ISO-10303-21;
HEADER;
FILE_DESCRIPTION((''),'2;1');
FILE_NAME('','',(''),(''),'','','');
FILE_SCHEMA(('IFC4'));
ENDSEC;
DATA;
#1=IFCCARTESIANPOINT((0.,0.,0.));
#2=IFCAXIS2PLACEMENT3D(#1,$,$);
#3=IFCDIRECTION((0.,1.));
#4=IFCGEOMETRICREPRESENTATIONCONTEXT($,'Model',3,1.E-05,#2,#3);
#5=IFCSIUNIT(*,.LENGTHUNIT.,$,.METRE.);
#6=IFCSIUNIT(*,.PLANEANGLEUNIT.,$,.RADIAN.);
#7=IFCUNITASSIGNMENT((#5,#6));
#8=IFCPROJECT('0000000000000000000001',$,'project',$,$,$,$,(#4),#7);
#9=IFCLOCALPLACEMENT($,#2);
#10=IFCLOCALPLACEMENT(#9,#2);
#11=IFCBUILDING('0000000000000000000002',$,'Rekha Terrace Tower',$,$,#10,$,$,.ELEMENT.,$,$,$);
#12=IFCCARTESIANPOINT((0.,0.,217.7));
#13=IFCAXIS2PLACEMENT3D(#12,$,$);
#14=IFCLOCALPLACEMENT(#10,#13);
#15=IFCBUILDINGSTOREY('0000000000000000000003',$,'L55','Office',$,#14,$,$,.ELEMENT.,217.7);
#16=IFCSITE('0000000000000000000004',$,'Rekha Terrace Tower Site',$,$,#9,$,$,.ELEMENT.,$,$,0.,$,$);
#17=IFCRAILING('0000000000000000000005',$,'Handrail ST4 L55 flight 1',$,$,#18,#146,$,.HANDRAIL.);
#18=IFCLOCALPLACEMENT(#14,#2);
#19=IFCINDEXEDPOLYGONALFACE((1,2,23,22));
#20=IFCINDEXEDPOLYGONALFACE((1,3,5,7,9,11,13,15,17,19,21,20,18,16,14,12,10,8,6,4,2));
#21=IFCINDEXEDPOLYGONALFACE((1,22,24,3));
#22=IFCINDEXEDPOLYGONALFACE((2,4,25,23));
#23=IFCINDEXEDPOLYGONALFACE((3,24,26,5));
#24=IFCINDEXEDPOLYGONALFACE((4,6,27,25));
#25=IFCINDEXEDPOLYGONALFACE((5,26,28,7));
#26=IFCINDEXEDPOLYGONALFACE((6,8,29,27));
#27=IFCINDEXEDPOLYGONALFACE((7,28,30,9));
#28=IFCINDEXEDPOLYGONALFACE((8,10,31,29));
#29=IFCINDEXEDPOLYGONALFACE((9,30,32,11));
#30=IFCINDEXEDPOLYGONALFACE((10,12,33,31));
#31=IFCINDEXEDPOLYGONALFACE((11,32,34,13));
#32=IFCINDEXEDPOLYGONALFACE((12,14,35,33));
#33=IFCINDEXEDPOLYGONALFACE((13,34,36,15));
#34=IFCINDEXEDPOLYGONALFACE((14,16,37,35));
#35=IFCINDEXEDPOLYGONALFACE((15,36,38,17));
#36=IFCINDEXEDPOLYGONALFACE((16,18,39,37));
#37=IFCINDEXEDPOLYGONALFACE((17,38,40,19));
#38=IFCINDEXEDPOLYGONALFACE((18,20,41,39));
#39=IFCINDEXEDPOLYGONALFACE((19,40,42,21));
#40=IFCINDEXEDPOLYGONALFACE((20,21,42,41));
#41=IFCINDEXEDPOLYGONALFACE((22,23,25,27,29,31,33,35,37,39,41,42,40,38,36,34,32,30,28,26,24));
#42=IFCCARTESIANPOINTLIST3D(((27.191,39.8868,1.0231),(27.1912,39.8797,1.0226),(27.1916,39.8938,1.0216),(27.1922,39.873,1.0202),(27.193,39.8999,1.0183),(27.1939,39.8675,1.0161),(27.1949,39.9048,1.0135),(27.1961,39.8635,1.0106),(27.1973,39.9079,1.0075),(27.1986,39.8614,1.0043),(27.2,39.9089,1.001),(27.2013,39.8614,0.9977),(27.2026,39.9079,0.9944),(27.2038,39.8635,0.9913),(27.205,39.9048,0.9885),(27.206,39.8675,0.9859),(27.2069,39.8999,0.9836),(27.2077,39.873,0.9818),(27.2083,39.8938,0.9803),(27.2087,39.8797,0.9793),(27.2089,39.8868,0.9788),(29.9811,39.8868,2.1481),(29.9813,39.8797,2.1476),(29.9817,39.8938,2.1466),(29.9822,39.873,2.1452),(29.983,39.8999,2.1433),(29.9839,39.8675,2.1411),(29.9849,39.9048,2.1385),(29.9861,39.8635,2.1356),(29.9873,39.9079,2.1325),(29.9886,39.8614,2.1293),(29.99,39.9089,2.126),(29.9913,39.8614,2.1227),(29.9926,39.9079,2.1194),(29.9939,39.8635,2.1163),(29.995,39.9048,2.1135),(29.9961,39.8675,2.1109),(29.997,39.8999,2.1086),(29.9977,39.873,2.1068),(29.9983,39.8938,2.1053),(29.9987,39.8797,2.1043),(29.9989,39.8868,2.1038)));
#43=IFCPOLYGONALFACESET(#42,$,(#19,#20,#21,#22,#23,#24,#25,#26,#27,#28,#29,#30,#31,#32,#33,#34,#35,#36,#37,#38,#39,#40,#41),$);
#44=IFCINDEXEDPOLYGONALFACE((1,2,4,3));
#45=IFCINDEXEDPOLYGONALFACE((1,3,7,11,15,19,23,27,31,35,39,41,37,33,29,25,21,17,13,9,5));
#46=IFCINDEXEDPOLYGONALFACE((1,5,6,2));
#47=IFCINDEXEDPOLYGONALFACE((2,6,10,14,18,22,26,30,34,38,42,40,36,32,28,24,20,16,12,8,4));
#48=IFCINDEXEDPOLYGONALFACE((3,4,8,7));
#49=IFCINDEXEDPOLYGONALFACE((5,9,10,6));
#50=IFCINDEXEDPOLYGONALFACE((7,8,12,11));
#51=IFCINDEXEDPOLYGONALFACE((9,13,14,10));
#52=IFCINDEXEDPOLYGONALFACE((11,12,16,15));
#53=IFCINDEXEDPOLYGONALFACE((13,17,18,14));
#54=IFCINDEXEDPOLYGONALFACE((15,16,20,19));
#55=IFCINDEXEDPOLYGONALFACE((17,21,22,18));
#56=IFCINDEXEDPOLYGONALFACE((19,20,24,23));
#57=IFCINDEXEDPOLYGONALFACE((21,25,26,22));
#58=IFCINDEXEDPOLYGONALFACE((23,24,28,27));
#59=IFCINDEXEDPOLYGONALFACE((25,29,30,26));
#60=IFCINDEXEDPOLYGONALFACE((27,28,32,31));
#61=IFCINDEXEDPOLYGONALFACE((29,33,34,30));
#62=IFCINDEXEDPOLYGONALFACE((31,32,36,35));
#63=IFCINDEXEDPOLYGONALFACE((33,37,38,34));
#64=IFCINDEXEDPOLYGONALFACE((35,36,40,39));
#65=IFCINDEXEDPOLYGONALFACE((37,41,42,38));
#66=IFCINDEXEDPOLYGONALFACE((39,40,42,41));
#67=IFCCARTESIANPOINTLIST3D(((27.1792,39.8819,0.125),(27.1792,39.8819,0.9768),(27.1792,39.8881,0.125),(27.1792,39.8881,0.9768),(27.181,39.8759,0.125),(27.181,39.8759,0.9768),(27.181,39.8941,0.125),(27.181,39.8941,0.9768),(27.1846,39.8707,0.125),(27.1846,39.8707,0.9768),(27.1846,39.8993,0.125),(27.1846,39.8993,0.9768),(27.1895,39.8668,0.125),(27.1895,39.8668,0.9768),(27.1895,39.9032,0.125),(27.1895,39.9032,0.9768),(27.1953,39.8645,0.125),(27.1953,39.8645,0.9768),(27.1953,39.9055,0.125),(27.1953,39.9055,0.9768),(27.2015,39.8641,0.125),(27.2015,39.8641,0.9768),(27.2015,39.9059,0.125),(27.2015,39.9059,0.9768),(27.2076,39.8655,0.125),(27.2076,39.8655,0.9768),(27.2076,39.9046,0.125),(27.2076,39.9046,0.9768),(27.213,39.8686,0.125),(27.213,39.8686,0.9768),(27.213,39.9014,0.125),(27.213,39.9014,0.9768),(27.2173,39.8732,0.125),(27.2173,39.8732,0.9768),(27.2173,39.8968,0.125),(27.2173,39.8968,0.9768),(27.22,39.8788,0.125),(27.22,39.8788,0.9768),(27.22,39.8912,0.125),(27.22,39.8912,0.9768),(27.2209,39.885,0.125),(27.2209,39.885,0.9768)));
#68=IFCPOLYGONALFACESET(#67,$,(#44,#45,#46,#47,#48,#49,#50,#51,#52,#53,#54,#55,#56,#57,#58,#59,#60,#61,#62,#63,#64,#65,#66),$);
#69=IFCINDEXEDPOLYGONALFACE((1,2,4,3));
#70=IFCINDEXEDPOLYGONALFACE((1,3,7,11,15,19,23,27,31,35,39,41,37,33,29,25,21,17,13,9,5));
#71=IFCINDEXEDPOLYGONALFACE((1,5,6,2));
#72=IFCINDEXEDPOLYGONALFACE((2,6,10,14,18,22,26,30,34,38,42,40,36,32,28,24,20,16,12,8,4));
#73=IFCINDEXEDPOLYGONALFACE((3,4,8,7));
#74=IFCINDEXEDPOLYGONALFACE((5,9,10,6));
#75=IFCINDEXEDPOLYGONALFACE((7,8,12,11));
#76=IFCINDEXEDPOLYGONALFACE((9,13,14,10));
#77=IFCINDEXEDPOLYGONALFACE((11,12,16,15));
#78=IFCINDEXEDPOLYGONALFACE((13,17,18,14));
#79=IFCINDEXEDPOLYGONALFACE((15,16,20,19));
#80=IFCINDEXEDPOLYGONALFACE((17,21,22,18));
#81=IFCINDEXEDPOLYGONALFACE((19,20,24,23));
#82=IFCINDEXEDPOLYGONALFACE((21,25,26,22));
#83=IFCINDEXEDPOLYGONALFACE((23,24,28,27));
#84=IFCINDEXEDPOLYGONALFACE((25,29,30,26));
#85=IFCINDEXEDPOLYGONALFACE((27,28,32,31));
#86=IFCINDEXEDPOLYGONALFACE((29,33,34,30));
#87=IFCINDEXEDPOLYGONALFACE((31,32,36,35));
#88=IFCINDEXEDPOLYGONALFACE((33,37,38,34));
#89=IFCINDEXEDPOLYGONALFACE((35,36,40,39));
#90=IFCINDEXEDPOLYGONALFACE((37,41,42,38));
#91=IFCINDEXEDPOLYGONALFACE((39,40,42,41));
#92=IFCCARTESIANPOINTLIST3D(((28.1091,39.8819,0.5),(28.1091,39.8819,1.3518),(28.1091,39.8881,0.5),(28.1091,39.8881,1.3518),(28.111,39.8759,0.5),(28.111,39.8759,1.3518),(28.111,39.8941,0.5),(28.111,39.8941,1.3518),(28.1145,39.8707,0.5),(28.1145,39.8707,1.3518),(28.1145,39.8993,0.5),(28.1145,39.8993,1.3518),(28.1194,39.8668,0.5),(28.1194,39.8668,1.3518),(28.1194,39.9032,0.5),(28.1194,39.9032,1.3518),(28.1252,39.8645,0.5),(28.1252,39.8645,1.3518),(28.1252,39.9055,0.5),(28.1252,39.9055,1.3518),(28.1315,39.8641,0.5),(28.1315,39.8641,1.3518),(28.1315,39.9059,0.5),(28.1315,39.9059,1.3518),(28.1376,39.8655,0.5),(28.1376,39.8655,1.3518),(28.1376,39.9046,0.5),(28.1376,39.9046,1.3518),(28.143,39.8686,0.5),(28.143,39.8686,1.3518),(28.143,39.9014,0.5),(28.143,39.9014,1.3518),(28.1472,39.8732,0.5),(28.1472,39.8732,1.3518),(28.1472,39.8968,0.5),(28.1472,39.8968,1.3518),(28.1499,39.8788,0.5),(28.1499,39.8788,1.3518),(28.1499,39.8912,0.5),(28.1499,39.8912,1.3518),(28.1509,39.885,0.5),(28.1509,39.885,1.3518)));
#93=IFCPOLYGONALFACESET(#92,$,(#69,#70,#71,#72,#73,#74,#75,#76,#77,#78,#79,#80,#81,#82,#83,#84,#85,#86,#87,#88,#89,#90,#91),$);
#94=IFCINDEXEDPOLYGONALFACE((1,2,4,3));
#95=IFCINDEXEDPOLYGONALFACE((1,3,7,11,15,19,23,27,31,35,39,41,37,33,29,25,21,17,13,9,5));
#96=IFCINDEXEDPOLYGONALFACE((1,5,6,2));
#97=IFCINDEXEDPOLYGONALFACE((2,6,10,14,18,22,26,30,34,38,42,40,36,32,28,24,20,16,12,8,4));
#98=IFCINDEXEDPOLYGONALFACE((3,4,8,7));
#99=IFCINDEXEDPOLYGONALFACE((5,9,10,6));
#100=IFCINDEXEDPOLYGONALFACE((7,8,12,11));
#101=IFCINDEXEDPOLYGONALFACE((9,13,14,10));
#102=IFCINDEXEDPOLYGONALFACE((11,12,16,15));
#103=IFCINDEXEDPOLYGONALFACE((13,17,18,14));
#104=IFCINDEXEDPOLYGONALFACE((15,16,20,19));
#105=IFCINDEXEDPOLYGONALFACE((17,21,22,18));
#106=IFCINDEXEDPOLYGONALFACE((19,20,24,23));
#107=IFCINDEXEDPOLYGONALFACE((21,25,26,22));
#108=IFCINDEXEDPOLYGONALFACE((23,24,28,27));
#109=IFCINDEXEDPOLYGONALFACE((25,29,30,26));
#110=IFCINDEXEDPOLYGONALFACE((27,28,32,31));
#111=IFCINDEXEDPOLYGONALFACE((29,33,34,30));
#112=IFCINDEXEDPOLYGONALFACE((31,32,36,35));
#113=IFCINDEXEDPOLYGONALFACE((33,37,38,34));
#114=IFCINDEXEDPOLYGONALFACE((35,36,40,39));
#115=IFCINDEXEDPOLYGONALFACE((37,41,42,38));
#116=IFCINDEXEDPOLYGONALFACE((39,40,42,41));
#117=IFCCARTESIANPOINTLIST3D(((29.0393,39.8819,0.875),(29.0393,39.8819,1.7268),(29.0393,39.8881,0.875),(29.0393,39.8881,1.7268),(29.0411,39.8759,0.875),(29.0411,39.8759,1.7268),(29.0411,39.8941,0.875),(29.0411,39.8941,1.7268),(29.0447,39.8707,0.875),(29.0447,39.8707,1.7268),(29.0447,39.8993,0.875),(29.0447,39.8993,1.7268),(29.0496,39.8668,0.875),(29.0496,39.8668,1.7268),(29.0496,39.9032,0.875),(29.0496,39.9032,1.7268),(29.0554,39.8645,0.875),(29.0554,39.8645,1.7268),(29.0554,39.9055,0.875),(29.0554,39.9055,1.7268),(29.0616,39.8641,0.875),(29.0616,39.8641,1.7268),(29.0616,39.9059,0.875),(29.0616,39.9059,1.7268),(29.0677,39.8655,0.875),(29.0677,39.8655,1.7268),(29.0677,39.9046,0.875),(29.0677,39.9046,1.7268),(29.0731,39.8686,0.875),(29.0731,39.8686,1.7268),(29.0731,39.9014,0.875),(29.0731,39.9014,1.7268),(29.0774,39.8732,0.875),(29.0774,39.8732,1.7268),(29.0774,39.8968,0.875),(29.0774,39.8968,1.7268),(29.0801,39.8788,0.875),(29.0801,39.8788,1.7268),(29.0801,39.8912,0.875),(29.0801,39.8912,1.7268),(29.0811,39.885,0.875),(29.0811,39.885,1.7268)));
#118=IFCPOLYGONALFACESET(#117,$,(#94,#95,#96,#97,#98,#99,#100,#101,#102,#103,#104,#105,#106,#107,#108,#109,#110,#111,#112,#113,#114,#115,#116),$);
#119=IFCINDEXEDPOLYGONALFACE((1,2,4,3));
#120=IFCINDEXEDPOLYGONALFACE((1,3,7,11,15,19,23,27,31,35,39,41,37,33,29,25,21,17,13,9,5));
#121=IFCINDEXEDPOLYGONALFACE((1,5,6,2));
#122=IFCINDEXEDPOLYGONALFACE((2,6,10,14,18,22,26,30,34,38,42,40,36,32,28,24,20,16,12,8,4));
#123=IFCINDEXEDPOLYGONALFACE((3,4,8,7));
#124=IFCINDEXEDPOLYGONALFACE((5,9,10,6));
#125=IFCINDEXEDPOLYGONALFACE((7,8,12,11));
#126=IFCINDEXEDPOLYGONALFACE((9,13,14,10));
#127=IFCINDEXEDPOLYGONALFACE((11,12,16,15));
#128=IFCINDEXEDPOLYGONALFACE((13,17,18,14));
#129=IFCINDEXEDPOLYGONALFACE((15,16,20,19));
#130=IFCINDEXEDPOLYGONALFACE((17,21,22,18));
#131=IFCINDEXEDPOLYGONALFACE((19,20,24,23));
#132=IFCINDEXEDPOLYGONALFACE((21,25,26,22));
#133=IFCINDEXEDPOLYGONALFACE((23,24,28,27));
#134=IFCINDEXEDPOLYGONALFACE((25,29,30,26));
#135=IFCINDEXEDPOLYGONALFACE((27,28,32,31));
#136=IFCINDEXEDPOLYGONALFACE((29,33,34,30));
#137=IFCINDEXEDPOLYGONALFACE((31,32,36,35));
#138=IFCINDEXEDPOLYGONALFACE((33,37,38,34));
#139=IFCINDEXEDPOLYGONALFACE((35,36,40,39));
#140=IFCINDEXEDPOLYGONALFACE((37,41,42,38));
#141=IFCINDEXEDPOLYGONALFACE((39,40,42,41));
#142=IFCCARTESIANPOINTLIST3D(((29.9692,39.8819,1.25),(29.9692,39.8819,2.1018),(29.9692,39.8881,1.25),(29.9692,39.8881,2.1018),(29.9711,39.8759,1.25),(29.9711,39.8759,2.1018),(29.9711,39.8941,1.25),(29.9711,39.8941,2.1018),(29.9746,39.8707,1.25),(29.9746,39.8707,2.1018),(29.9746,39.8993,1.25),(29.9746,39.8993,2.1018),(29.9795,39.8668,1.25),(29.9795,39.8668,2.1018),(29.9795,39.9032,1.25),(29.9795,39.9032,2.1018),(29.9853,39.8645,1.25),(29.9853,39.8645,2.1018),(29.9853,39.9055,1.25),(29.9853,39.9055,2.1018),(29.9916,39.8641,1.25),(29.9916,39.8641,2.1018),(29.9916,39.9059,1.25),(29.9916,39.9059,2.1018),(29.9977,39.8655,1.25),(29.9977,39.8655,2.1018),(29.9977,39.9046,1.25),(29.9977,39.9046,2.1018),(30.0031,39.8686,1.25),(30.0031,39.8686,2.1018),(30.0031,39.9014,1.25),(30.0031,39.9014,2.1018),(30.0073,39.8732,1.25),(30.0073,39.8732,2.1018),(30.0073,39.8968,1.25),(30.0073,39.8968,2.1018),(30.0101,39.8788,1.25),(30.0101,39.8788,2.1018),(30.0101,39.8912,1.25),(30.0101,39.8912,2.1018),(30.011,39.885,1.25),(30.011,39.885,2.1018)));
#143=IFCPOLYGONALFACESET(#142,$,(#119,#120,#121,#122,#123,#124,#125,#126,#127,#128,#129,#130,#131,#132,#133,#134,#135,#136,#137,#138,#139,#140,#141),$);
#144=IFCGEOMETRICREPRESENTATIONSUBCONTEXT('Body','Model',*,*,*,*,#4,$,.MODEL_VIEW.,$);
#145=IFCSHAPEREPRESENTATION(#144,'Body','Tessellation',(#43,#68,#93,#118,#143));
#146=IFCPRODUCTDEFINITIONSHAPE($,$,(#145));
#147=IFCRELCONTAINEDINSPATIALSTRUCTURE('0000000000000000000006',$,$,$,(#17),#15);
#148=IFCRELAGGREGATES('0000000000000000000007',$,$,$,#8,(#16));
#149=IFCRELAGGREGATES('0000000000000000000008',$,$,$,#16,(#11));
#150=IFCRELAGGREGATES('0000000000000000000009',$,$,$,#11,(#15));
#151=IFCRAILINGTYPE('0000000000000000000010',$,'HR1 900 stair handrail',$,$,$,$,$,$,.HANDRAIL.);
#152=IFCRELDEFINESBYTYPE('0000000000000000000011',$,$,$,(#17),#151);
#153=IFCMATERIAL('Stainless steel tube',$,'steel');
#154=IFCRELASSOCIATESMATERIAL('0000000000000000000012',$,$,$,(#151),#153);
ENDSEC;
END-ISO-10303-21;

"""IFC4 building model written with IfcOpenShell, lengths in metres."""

from ifc_helpers import new_model, si_unit, direction, frame, origin, origin_2d, place, context, subcontext, project, spatial, circle, extrude, material, type_object, element, save


model = new_model("IFC4")

# Units and contexts
model_context = context("Model", 3, precision=1e-05, world=origin(), true_north=direction((0.0, 1.0)))
body_context = subcontext(model_context, "Body", "Model", "MODEL_VIEW")
ifc_project = project(units=[si_unit("LENGTHUNIT", "METRE"), si_unit("PLANEANGLEUNIT", "RADIAN")], contexts=[model_context])

# Site, building, storey
site_placement = place(None, origin())
site = spatial("IfcSite", under=ifc_project, at=site_placement, Name="Rekha Terrace Tower Site", CompositionType="ELEMENT", RefElevation=0.0)
building_placement = place(site_placement, origin())
building = spatial("IfcBuilding", under=site, at=building_placement, Name="Rekha Terrace Tower", CompositionType="ELEMENT")
storey_placement = place(building_placement, frame((0.0, 0.0, 217.7)))
storey = spatial("IfcBuildingStorey", under=building, at=storey_placement, Name="L55", Description="Office", CompositionType="ELEMENT", Elevation=217.7)

# Railing
ifc_material_1 = material(Name="Stainless steel tube", Category="steel")
railing_type_1 = type_object("IfcRailingType", Name="HR1 900 stair handrail", PredefinedType="HANDRAIL", material=ifc_material_1)
railing_1_placement = place(storey_placement, frame((27.2, 39.885, 0.125)))
element("IfcRailing", 1, at=railing_1_placement, inside=storey, type_object=railing_type_1, Name="Handrail ST4 L55 flight 1", PredefinedType="HANDRAIL", context=body_context, shape_type="SweptSolid", body=[
    extrude(circle(Radius=0.0239, at=origin_2d()), frame((0.0, 0.0, 0.876), z_axis=(0.927443, 0.0, 0.373964), x_axis=(0.0, 1.0, 0.0)), (0.0, 0.0, 1.0), 3.0083),
    extrude(circle(Radius=0.021, at=origin_2d()), origin(), (0.0, 0.0, 1.0), 0.8518),
    extrude(circle(Radius=0.021, at=origin_2d()), frame((0.9299, 0.0, 0.375)), (0.0, 0.0, 1.0), 0.8518),
    extrude(circle(Radius=0.021, at=origin_2d()), frame((1.8601, 0.0, 0.75)), (0.0, 0.0, 1.0), 0.8518),
    extrude(circle(Radius=0.021, at=origin_2d()), frame((2.79, 0.0, 1.125)), (0.0, 0.0, 1.0), 0.8518),
])

save(model, "model.ifc")
